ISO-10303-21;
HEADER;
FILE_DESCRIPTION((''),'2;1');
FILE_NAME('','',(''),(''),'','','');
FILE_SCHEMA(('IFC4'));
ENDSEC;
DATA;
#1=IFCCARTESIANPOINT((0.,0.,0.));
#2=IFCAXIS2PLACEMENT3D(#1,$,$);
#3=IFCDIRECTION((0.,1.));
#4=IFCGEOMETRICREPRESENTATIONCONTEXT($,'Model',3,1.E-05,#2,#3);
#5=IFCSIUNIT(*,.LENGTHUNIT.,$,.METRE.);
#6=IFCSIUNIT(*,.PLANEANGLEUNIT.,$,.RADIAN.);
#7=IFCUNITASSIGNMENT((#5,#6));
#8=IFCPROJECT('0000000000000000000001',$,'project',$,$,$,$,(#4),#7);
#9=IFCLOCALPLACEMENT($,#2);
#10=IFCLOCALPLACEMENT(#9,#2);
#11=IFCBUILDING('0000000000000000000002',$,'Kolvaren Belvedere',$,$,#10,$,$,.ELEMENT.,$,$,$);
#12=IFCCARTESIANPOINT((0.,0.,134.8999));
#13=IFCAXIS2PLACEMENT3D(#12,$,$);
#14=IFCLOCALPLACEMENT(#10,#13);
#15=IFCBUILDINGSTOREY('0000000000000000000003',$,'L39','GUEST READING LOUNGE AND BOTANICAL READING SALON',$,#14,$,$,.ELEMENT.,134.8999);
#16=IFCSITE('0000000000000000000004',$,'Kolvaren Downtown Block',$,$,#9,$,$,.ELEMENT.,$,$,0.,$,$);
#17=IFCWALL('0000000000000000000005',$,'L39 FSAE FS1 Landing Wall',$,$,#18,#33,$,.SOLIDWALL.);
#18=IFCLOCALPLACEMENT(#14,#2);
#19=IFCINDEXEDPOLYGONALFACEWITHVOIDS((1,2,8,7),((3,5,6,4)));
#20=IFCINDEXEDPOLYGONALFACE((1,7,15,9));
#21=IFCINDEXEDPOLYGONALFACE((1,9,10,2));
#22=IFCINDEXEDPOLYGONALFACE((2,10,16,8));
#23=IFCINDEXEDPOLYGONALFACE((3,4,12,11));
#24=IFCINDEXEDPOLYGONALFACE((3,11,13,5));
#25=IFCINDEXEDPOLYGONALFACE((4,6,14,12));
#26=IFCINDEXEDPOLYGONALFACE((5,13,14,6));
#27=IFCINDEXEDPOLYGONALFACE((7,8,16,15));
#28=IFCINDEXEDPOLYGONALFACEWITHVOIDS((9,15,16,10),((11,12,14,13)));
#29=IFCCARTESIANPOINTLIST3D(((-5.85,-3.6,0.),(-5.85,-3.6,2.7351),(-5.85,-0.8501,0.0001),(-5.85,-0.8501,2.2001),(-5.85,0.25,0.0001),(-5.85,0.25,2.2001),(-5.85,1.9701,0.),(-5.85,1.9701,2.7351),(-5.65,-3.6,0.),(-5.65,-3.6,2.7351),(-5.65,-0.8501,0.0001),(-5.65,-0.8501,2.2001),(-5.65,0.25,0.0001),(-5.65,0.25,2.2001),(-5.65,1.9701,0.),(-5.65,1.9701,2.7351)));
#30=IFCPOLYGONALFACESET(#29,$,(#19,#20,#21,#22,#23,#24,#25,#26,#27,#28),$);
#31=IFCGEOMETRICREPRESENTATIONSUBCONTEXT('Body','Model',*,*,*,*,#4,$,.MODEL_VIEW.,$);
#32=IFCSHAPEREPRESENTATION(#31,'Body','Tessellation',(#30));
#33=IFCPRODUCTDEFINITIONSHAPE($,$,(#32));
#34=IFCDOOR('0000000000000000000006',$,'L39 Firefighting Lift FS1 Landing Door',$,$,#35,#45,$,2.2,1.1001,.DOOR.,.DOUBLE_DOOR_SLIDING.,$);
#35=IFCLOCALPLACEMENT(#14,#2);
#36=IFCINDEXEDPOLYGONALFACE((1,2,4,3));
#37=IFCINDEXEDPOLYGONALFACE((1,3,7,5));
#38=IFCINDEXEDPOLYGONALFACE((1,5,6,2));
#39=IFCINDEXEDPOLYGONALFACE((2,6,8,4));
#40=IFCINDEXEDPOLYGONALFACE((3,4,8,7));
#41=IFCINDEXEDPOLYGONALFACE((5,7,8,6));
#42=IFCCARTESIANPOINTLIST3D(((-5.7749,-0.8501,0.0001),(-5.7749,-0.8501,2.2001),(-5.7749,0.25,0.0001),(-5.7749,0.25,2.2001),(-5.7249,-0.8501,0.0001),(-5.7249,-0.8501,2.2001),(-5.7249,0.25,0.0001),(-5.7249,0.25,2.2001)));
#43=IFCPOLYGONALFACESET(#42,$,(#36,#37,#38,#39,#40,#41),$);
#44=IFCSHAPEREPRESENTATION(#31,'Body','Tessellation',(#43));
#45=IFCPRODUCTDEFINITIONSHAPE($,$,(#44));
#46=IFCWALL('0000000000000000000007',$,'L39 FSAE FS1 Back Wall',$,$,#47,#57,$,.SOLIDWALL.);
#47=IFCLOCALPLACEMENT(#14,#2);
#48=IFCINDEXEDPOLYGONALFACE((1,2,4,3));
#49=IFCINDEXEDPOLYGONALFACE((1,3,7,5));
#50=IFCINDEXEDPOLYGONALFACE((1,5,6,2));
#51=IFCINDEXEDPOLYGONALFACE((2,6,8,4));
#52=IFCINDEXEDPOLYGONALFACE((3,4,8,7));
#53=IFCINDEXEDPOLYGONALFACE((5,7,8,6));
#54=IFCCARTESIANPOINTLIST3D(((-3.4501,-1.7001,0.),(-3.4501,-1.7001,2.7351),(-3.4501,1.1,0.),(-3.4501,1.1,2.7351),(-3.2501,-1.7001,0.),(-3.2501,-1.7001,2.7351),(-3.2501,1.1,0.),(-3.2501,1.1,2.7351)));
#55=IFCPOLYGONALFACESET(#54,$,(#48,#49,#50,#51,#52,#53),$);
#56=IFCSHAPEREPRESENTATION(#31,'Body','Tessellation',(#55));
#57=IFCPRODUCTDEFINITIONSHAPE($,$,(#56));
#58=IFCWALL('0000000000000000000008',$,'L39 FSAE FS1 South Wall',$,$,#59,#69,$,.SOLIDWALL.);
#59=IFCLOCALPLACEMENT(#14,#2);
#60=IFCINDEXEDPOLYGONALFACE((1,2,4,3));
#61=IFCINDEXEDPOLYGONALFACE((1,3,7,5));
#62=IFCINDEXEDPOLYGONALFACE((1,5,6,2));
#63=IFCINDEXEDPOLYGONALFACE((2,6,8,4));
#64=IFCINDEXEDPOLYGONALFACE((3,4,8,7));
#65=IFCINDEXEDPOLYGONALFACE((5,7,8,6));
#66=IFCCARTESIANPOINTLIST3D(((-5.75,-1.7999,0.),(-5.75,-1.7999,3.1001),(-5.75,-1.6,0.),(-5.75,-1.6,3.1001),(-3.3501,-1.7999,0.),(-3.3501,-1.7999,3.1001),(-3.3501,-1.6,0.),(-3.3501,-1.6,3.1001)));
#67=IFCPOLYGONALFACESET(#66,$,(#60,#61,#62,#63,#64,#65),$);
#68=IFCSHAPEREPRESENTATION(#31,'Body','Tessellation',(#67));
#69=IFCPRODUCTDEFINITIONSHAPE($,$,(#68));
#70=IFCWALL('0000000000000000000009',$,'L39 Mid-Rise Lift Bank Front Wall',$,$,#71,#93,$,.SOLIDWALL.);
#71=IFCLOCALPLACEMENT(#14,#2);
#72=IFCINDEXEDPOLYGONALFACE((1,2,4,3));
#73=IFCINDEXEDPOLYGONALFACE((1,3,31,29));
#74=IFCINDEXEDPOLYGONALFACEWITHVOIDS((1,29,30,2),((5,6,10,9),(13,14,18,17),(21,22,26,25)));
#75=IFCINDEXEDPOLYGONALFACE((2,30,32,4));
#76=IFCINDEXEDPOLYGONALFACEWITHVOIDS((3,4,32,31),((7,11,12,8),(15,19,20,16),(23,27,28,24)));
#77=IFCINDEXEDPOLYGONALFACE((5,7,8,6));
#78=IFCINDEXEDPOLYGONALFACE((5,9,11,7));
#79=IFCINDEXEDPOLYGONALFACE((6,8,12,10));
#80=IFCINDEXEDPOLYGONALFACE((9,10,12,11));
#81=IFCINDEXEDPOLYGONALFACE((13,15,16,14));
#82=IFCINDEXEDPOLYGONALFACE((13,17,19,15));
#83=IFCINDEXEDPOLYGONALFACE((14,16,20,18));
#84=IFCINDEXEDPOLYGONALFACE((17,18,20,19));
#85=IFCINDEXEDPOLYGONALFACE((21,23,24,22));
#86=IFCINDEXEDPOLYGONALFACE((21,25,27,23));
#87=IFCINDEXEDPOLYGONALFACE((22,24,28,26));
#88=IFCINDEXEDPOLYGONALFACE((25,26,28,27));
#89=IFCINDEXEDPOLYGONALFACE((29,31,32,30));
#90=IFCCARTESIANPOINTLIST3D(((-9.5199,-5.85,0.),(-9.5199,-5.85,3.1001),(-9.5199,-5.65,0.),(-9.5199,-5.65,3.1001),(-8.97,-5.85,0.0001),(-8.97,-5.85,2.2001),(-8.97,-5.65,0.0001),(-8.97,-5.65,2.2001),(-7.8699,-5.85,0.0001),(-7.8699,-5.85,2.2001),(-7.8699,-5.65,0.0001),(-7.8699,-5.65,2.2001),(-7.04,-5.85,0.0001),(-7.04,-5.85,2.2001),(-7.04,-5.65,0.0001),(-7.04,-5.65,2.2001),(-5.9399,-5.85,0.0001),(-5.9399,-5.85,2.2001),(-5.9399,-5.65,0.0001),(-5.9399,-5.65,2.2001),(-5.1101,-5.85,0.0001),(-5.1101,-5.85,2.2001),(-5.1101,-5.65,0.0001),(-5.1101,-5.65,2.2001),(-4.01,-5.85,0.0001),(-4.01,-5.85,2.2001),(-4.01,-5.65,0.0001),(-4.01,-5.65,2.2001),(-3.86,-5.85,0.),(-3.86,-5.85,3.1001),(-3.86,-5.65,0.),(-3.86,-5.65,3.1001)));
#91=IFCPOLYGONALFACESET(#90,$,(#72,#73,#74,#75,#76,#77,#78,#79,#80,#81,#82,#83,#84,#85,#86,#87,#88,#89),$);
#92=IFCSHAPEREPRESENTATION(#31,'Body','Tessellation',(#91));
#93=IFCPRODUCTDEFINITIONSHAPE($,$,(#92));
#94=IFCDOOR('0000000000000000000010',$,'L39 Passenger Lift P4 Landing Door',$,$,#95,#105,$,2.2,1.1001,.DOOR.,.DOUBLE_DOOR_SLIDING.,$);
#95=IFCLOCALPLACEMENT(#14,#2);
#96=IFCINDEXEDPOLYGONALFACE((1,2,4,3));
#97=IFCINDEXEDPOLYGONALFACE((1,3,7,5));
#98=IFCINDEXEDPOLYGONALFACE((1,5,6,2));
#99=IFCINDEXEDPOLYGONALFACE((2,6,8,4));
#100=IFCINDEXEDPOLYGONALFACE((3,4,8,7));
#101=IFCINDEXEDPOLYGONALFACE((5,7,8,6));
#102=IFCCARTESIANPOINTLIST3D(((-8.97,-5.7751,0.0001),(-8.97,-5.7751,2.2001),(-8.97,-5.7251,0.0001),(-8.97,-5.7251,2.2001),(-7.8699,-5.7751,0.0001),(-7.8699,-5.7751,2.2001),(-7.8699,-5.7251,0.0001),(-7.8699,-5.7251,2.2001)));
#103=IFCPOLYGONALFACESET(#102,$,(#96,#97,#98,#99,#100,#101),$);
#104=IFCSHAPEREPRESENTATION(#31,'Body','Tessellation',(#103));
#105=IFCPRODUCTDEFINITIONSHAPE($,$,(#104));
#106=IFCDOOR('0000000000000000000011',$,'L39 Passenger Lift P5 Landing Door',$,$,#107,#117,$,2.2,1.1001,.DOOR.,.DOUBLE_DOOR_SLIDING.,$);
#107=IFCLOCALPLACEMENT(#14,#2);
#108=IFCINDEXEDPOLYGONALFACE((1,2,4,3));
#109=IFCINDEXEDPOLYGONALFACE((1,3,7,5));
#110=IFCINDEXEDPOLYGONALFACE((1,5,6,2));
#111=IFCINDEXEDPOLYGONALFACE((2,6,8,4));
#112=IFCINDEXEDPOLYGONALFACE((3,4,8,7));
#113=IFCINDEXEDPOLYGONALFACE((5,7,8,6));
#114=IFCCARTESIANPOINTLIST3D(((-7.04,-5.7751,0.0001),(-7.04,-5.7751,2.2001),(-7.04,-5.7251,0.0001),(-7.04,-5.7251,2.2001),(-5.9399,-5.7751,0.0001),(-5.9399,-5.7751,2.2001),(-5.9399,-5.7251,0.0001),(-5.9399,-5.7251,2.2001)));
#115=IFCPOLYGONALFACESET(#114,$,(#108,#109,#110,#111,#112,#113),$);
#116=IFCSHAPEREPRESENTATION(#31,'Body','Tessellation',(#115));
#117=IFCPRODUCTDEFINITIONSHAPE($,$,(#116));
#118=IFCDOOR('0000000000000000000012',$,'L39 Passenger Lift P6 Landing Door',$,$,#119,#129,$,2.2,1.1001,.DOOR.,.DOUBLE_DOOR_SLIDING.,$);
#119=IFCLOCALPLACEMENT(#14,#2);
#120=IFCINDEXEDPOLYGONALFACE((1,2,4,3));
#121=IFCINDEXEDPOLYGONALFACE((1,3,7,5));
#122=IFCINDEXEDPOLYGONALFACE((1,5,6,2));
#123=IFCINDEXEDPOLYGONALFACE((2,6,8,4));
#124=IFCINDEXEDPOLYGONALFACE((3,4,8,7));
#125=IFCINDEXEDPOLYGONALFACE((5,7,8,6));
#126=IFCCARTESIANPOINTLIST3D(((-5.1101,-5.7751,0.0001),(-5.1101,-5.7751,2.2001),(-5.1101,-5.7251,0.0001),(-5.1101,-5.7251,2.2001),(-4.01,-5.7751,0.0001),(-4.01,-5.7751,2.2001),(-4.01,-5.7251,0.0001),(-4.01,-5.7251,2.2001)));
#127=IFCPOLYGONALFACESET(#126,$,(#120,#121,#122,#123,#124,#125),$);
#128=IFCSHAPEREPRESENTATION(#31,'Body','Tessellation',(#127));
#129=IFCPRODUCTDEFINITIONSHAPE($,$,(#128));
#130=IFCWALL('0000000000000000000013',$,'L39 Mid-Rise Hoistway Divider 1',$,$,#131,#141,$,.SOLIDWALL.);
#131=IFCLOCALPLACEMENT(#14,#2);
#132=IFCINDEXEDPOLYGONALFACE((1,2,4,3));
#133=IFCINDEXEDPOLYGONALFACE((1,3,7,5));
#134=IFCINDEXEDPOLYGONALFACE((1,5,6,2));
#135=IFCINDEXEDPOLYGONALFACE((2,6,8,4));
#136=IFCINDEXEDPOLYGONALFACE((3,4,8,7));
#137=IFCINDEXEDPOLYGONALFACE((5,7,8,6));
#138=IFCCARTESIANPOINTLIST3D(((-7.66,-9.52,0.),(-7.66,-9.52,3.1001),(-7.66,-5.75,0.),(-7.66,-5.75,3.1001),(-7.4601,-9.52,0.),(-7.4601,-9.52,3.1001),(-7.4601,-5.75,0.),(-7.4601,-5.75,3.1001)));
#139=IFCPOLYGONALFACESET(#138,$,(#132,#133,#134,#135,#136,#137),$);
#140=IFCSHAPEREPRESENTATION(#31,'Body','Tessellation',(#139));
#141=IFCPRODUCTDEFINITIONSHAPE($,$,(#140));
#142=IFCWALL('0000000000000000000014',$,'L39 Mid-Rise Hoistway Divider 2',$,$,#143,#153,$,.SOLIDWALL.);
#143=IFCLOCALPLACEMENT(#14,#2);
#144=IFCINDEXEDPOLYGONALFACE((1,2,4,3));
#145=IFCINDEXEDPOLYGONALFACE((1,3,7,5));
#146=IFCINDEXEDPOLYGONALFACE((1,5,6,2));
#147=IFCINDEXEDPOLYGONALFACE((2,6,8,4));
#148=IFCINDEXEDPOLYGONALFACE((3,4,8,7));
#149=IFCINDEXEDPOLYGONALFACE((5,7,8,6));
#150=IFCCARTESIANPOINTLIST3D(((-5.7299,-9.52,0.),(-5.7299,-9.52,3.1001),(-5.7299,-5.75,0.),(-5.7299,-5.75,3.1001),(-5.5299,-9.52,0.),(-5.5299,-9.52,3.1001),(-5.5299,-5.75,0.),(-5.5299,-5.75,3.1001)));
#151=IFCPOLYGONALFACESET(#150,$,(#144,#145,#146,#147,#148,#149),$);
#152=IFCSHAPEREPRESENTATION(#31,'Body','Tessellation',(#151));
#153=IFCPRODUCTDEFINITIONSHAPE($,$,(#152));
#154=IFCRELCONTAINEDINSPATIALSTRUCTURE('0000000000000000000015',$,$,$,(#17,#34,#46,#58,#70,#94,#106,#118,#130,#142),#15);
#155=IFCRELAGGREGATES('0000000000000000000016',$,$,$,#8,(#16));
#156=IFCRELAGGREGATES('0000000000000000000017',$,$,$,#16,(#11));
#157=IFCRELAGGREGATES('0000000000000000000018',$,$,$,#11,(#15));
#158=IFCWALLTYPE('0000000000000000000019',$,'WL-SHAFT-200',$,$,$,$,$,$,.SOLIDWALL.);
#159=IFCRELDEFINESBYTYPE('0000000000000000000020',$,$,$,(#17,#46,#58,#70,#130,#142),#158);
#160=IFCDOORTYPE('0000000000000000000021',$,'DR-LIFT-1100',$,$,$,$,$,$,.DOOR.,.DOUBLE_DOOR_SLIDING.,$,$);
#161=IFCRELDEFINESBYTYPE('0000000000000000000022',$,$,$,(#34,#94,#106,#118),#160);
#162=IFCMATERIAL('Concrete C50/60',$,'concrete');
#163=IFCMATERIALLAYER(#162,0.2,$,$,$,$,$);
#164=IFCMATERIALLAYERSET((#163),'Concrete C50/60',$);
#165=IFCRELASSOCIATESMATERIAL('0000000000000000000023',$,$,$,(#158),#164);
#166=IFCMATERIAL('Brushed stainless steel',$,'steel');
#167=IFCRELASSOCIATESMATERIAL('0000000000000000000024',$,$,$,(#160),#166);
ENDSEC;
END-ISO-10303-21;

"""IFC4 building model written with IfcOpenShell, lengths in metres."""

from ifc_helpers import new_model, si_unit, direction, frame, frame_2d, origin, place, context, subcontext, project, spatial, rectangle, extrude, material, layer, layer_set, type_object, element, fill, save


model = new_model("IFC4")

# Units and contexts
model_context = context("Model", 3, precision=1e-05, world=origin(), true_north=direction((0.0, 1.0)))
body_context = subcontext(model_context, "Body", "Model", "MODEL_VIEW")
ifc_project = project(units=[si_unit("LENGTHUNIT", "METRE"), si_unit("PLANEANGLEUNIT", "RADIAN")], contexts=[model_context])

# Site, building, storey
site_placement = place(None, origin())
site = spatial("IfcSite", under=ifc_project, at=site_placement, Name="Kolvaren Downtown Block", CompositionType="ELEMENT", RefElevation=0.0)
building_placement = place(site_placement, origin())
building = spatial("IfcBuilding", under=site, at=building_placement, Name="Kolvaren Belvedere", CompositionType="ELEMENT")
storey_placement = place(building_placement, frame((0.0, 0.0, 134.8999)))
storey = spatial("IfcBuildingStorey", under=building, at=storey_placement, Name="L39", Description="GUEST READING LOUNGE AND BOTANICAL READING SALON", CompositionType="ELEMENT", Elevation=134.8999)

# Wall, opening, door
ifc_material_1 = material(Name="Concrete C50/60", Category="concrete")
ifc_layer_1 = layer(ifc_material_1, 0.2)
ifc_layer_set_1 = layer_set([ifc_layer_1], Name="Concrete C50/60")
wall_type_1 = type_object("IfcWallType", Name="WL-SHAFT-200", PredefinedType="SOLIDWALL", material=ifc_layer_set_1)
wall_1_placement = place(storey_placement, frame((-5.75, -3.6001, 0.0), z_axis=(0.0, 0.0, 1.0), x_axis=(0.0, 1.0, 0.0)))
wall_1 = element("IfcWall", 1, at=wall_1_placement, inside=storey, type_object=wall_type_1, Name="L39 FSAE FS1 Landing Wall", PredefinedType="SOLIDWALL", context=body_context, shape_type="SweptSolid", body=[
    extrude(rectangle(XDim=5.5701, YDim=0.2, at=frame_2d((2.7852, 0.0))), origin(), (0.0, 0.0, 1.0), 2.7351),
])
opening_1_placement = place(wall_1_placement, frame((2.75, 0.0, 0.0)))
opening_1 = element("IfcOpeningElement", 2, at=opening_1_placement, cuts=wall_1, PredefinedType="OPENING", context=body_context, shape_type="SweptSolid", body=[
    extrude(rectangle(XDim=1.1001, YDim=2.2, at=frame_2d((0.55, 1.1001))), frame((0.0, 0.1099, 0.0), z_axis=(0.0, -1.0, 0.0), x_axis=(1.0, 0.0, 0.0)), (0.0, 0.0, 1.0), 0.22),
])
ifc_material_2 = material(Name="Brushed stainless steel", Category="steel")
door_type_1 = type_object("IfcDoorType", Name="DR-LIFT-1100", OperationType="DOUBLE_DOOR_SLIDING", PredefinedType="DOOR", material=ifc_material_2)
door_1_placement = place(opening_1_placement, origin())
door_1 = element("IfcDoor", 3, at=door_1_placement, inside=storey, type_object=door_type_1, Name="L39 Firefighting Lift FS1 Landing Door", OperationType="DOUBLE_DOOR_SLIDING", OverallHeight=2.2, OverallWidth=1.1001, PredefinedType="DOOR", context=body_context, shape_type="SweptSolid", body=[
    extrude(rectangle(XDim=1.1001, YDim=2.2, at=frame_2d((0.55, 1.1001))), frame((0.0, 0.0249, 0.0), z_axis=(0.0, -1.0, 0.0), x_axis=(1.0, 0.0, 0.0)), (0.0, 0.0, 1.0), 0.05),
])
fill(opening_1, door_1)

# Walls
wall_2_placement = place(storey_placement, frame((-3.3501, -1.7, 0.0), z_axis=(0.0, 0.0, 1.0), x_axis=(0.0, 1.0, 0.0)))
element("IfcWall", 4, at=wall_2_placement, inside=storey, type_object=wall_type_1, Name="L39 FSAE FS1 Back Wall", PredefinedType="SOLIDWALL", context=body_context, shape_type="SweptSolid", body=[
    extrude(rectangle(XDim=2.8, YDim=0.2, at=frame_2d((1.3999, 0.0))), origin(), (0.0, 0.0, 1.0), 2.7351),
])
wall_3_placement = place(storey_placement, frame((-5.75, -1.7, 0.0), z_axis=(0.0, 0.0, 1.0), x_axis=(1.0, 0.0, 0.0)))
element("IfcWall", 5, at=wall_3_placement, inside=storey, type_object=wall_type_1, Name="L39 FSAE FS1 South Wall", PredefinedType="SOLIDWALL", context=body_context, shape_type="SweptSolid", body=[
    extrude(rectangle(XDim=2.3999, YDim=0.2, at=frame_2d((1.2, 0.0))), origin(), (0.0, 0.0, 1.0), 3.1001),
])

# Wall, openings, doors
wall_4_placement = place(storey_placement, frame((-9.52, -5.75, 0.0), z_axis=(0.0, 0.0, 1.0), x_axis=(1.0, 0.0, 0.0)))
wall_4 = element("IfcWall", 6, at=wall_4_placement, inside=storey, type_object=wall_type_1, Name="L39 Mid-Rise Lift Bank Front Wall", PredefinedType="SOLIDWALL", context=body_context, shape_type="SweptSolid", body=[
    extrude(rectangle(XDim=5.6599, YDim=0.2, at=frame_2d((2.8301, 0.0))), origin(), (0.0, 0.0, 1.0), 3.1001),
])
opening_2_placement = place(wall_4_placement, frame((0.55, 0.0, 0.0)))
opening_2 = element("IfcOpeningElement", 7, at=opening_2_placement, cuts=wall_4, PredefinedType="OPENING", context=body_context, shape_type="SweptSolid", body=[
    extrude(rectangle(XDim=1.1001, YDim=2.2, at=frame_2d((0.55, 1.1001))), frame((0.0, 0.1099, 0.0), z_axis=(0.0, -1.0, 0.0), x_axis=(1.0, 0.0, 0.0)), (0.0, 0.0, 1.0), 0.22),
])
opening_3_placement = place(wall_4_placement, frame((2.48, 0.0, 0.0)))
opening_3 = element("IfcOpeningElement", 8, at=opening_3_placement, cuts=wall_4, PredefinedType="OPENING", context=body_context, shape_type="SweptSolid", body=[
    extrude(rectangle(XDim=1.1001, YDim=2.2, at=frame_2d((0.55, 1.1001))), frame((0.0, 0.1099, 0.0), z_axis=(0.0, -1.0, 0.0), x_axis=(1.0, 0.0, 0.0)), (0.0, 0.0, 1.0), 0.22),
])
opening_4_placement = place(wall_4_placement, frame((4.4099, 0.0, 0.0)))
opening_4 = element("IfcOpeningElement", 9, at=opening_4_placement, cuts=wall_4, PredefinedType="OPENING", context=body_context, shape_type="SweptSolid", body=[
    extrude(rectangle(XDim=1.1001, YDim=2.2, at=frame_2d((0.55, 1.1001))), frame((0.0, 0.1099, 0.0), z_axis=(0.0, -1.0, 0.0), x_axis=(1.0, 0.0, 0.0)), (0.0, 0.0, 1.0), 0.22),
])
door_2_placement = place(opening_2_placement, origin())
door_2 = element("IfcDoor", 10, at=door_2_placement, inside=storey, type_object=door_type_1, Name="L39 Passenger Lift P4 Landing Door", OperationType="DOUBLE_DOOR_SLIDING", OverallHeight=2.2, OverallWidth=1.1001, PredefinedType="DOOR", context=body_context, shape_type="SweptSolid", body=[
    extrude(rectangle(XDim=1.1001, YDim=2.2, at=frame_2d((0.55, 1.1001))), frame((0.0, 0.0249, 0.0), z_axis=(0.0, -1.0, 0.0), x_axis=(1.0, 0.0, 0.0)), (0.0, 0.0, 1.0), 0.05),
])
fill(opening_2, door_2)
door_3_placement = place(opening_3_placement, origin())
door_3 = element("IfcDoor", 11, at=door_3_placement, inside=storey, type_object=door_type_1, Name="L39 Passenger Lift P5 Landing Door", OperationType="DOUBLE_DOOR_SLIDING", OverallHeight=2.2, OverallWidth=1.1001, PredefinedType="DOOR", context=body_context, shape_type="SweptSolid", body=[
    extrude(rectangle(XDim=1.1001, YDim=2.2, at=frame_2d((0.55, 1.1001))), frame((0.0, 0.0249, 0.0), z_axis=(0.0, -1.0, 0.0), x_axis=(1.0, 0.0, 0.0)), (0.0, 0.0, 1.0), 0.05),
])
fill(opening_3, door_3)
door_4_placement = place(opening_4_placement, origin())
door_4 = element("IfcDoor", 12, at=door_4_placement, inside=storey, type_object=door_type_1, Name="L39 Passenger Lift P6 Landing Door", OperationType="DOUBLE_DOOR_SLIDING", OverallHeight=2.2, OverallWidth=1.1001, PredefinedType="DOOR", context=body_context, shape_type="SweptSolid", body=[
    extrude(rectangle(XDim=1.1001, YDim=2.2, at=frame_2d((0.55, 1.1001))), frame((0.0, 0.0249, 0.0), z_axis=(0.0, -1.0, 0.0), x_axis=(1.0, 0.0, 0.0)), (0.0, 0.0, 1.0), 0.05),
])
fill(opening_4, door_4)

# Walls
for number, where, z_axis, x_axis, name in (
    (13, (-7.5601, -9.52, 0.0), (0.0, 0.0, 1.0), (0.0, 1.0, 0.0), "L39 Mid-Rise Hoistway Divider 1"),
    (14, (-5.6299, -9.52, 0.0), (0.0, 0.0, 1.0), (0.0, 1.0, 0.0), "L39 Mid-Rise Hoistway Divider 2"),
):
    element("IfcWall", number, at=place(storey_placement, frame(where, z_axis=z_axis, x_axis=x_axis)), inside=storey, type_object=wall_type_1, Name=name, PredefinedType="SOLIDWALL", context=body_context, shape_type="SweptSolid", body=[
        extrude(rectangle(XDim=3.77, YDim=0.2, at=frame_2d((1.885, 0.0))), origin(), (0.0, 0.0, 1.0), 3.1001),
    ])

save(model, "model.ifc")
